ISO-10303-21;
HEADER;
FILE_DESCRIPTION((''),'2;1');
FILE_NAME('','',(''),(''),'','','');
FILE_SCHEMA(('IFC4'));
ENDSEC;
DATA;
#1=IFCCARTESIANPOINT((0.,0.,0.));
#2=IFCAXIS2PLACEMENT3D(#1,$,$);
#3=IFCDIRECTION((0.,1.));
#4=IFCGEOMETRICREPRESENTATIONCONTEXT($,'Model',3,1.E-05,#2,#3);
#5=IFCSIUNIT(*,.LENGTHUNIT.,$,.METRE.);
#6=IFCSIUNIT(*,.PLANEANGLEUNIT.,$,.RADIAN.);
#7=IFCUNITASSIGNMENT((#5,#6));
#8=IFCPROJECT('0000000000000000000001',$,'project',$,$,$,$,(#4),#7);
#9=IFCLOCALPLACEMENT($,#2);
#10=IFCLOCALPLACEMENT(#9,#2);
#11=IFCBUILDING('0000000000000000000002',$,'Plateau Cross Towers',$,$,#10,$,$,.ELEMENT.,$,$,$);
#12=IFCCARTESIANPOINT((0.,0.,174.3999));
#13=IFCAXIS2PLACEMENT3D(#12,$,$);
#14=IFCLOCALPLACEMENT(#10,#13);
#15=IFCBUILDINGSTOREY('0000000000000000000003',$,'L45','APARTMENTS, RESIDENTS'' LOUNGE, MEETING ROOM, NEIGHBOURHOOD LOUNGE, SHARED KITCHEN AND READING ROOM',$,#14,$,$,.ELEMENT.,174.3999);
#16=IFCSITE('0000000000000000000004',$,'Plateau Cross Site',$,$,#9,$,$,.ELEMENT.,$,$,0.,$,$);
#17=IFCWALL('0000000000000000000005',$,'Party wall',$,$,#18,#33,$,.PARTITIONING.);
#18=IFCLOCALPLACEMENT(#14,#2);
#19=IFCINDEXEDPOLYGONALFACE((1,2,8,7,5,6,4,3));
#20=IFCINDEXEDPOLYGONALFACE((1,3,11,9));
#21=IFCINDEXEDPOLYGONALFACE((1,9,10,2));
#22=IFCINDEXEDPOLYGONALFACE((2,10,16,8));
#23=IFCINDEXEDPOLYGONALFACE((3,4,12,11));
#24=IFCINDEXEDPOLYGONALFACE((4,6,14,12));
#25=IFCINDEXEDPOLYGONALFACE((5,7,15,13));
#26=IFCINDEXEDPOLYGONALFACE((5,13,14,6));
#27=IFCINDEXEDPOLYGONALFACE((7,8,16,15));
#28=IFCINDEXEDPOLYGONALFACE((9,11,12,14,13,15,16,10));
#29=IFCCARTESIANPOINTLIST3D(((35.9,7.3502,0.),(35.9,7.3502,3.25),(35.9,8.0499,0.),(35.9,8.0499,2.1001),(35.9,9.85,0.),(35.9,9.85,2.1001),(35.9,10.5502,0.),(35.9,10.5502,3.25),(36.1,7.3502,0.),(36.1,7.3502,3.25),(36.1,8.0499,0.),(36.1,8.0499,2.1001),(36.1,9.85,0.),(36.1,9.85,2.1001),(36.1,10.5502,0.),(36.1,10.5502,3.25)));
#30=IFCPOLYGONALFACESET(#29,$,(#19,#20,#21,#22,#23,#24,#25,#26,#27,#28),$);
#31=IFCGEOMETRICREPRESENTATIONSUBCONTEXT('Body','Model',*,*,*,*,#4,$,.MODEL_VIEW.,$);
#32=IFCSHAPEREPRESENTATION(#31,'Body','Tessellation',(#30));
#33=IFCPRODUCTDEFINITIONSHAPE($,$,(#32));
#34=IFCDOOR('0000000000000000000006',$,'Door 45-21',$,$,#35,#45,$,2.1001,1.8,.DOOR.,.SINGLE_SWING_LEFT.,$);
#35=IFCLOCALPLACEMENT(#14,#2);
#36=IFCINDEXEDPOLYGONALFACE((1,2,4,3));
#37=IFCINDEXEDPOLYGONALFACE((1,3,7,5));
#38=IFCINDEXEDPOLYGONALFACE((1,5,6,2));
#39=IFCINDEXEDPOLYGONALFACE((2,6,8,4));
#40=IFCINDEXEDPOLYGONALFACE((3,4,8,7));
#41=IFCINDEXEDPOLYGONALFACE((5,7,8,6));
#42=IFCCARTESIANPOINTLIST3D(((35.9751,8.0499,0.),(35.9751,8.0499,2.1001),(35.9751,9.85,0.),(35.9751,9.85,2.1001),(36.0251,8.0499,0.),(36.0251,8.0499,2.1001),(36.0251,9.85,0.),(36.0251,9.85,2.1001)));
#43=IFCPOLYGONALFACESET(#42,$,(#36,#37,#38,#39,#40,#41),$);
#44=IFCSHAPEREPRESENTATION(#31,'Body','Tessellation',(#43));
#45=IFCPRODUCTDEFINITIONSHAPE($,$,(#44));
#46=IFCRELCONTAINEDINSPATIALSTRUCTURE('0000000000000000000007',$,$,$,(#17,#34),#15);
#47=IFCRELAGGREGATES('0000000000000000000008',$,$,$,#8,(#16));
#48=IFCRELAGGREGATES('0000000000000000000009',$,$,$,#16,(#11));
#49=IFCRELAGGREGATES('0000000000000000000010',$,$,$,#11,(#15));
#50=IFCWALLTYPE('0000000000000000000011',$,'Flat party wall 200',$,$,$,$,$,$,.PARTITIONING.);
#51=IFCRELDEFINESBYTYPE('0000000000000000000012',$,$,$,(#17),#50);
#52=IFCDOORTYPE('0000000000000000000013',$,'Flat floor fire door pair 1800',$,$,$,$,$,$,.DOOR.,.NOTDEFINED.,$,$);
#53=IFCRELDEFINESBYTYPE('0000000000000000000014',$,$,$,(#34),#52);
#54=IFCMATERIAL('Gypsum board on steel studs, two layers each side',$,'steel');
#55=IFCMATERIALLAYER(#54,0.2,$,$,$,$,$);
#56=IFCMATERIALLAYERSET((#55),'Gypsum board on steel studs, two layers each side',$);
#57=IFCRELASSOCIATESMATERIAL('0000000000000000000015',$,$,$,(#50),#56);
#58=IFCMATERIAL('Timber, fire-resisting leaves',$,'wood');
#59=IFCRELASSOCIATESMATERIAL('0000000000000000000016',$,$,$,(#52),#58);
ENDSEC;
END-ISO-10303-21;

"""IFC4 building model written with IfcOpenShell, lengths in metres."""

from ifc_helpers import new_model, si_unit, direction, frame, frame_2d, origin, place, context, subcontext, project, spatial, rectangle, extrude, material, layer, layer_set, type_object, element, fill, save


model = new_model("IFC4")

# Units and contexts
model_context = context("Model", 3, precision=1e-05, world=origin(), true_north=direction((0.0, 1.0)))
body_context = subcontext(model_context, "Body", "Model", "MODEL_VIEW")
ifc_project = project(units=[si_unit("LENGTHUNIT", "METRE"), si_unit("PLANEANGLEUNIT", "RADIAN")], contexts=[model_context])

# Site, building, storey
site_placement = place(None, origin())
site = spatial("IfcSite", under=ifc_project, at=site_placement, Name="Plateau Cross Site", CompositionType="ELEMENT", RefElevation=0.0)
building_placement = place(site_placement, origin())
building = spatial("IfcBuilding", under=site, at=building_placement, Name="Plateau Cross Towers", CompositionType="ELEMENT")
storey_placement = place(building_placement, frame((0.0, 0.0, 174.3999)))
storey = spatial("IfcBuildingStorey", under=building, at=storey_placement, Name="L45", Description="APARTMENTS, RESIDENTS' LOUNGE, MEETING ROOM, NEIGHBOURHOOD LOUNGE, SHARED KITCHEN AND READING ROOM", CompositionType="ELEMENT", Elevation=174.3999)

# Shared definitions
ifc_material_1 = material(Name="Gypsum board on steel studs, two layers each side", Category="steel")
ifc_layer_1 = layer(ifc_material_1, 0.2)
ifc_layer_set_1 = layer_set([ifc_layer_1], Name="Gypsum board on steel studs, two layers each side")
wall_type_1 = type_object("IfcWallType", Name="Flat party wall 200", PredefinedType="PARTITIONING", material=ifc_layer_set_1)

# Wall, opening, door
wall_1_placement = place(storey_placement, frame((36.0, 7.3501, 0.0), z_axis=(0.0, 0.0, 1.0), x_axis=(0.0, 1.0, 0.0)))
wall_1 = element("IfcWall", 1, at=wall_1_placement, inside=storey, type_object=wall_type_1, Name="Party wall", PredefinedType="PARTITIONING", context=body_context, shape_type="SweptSolid", body=[
    extrude(rectangle(XDim=3.2, YDim=0.2, at=frame_2d((1.6001, 0.0))), origin(), (0.0, 0.0, 1.0), 3.25),
])
opening_1_placement = place(wall_1_placement, frame((0.7, 0.0, 0.0)))
opening_1 = element("IfcOpeningElement", 2, at=opening_1_placement, cuts=wall_1, PredefinedType="OPENING", context=body_context, shape_type="SweptSolid", body=[
    extrude(rectangle(XDim=1.8, YDim=2.1001, at=frame_2d((0.8999, 1.05))), frame((0.0, 0.1099, 0.0), z_axis=(0.0, -1.0, 0.0), x_axis=(1.0, 0.0, 0.0)), (0.0, 0.0, 1.0), 0.22),
])
ifc_material_2 = material(Name="Timber, fire-resisting leaves", Category="wood")
door_type_1 = type_object("IfcDoorType", Name="Flat floor fire door pair 1800", OperationType="NOTDEFINED", PredefinedType="DOOR", material=ifc_material_2)
door_1_placement = place(opening_1_placement, origin())
door_1 = element("IfcDoor", 3, at=door_1_placement, inside=storey, type_object=door_type_1, Name="Door 45-21", OperationType="SINGLE_SWING_LEFT", OverallHeight=2.1001, OverallWidth=1.8, PredefinedType="DOOR", context=body_context, shape_type="SweptSolid", body=[
    extrude(rectangle(XDim=1.8, YDim=2.1001, at=frame_2d((0.8999, 1.05))), frame((0.0, 0.0249, 0.0), z_axis=(0.0, -1.0, 0.0), x_axis=(1.0, 0.0, 0.0)), (0.0, 0.0, 1.0), 0.05),
])
fill(opening_1, door_1)

save(model, "model.ifc")
